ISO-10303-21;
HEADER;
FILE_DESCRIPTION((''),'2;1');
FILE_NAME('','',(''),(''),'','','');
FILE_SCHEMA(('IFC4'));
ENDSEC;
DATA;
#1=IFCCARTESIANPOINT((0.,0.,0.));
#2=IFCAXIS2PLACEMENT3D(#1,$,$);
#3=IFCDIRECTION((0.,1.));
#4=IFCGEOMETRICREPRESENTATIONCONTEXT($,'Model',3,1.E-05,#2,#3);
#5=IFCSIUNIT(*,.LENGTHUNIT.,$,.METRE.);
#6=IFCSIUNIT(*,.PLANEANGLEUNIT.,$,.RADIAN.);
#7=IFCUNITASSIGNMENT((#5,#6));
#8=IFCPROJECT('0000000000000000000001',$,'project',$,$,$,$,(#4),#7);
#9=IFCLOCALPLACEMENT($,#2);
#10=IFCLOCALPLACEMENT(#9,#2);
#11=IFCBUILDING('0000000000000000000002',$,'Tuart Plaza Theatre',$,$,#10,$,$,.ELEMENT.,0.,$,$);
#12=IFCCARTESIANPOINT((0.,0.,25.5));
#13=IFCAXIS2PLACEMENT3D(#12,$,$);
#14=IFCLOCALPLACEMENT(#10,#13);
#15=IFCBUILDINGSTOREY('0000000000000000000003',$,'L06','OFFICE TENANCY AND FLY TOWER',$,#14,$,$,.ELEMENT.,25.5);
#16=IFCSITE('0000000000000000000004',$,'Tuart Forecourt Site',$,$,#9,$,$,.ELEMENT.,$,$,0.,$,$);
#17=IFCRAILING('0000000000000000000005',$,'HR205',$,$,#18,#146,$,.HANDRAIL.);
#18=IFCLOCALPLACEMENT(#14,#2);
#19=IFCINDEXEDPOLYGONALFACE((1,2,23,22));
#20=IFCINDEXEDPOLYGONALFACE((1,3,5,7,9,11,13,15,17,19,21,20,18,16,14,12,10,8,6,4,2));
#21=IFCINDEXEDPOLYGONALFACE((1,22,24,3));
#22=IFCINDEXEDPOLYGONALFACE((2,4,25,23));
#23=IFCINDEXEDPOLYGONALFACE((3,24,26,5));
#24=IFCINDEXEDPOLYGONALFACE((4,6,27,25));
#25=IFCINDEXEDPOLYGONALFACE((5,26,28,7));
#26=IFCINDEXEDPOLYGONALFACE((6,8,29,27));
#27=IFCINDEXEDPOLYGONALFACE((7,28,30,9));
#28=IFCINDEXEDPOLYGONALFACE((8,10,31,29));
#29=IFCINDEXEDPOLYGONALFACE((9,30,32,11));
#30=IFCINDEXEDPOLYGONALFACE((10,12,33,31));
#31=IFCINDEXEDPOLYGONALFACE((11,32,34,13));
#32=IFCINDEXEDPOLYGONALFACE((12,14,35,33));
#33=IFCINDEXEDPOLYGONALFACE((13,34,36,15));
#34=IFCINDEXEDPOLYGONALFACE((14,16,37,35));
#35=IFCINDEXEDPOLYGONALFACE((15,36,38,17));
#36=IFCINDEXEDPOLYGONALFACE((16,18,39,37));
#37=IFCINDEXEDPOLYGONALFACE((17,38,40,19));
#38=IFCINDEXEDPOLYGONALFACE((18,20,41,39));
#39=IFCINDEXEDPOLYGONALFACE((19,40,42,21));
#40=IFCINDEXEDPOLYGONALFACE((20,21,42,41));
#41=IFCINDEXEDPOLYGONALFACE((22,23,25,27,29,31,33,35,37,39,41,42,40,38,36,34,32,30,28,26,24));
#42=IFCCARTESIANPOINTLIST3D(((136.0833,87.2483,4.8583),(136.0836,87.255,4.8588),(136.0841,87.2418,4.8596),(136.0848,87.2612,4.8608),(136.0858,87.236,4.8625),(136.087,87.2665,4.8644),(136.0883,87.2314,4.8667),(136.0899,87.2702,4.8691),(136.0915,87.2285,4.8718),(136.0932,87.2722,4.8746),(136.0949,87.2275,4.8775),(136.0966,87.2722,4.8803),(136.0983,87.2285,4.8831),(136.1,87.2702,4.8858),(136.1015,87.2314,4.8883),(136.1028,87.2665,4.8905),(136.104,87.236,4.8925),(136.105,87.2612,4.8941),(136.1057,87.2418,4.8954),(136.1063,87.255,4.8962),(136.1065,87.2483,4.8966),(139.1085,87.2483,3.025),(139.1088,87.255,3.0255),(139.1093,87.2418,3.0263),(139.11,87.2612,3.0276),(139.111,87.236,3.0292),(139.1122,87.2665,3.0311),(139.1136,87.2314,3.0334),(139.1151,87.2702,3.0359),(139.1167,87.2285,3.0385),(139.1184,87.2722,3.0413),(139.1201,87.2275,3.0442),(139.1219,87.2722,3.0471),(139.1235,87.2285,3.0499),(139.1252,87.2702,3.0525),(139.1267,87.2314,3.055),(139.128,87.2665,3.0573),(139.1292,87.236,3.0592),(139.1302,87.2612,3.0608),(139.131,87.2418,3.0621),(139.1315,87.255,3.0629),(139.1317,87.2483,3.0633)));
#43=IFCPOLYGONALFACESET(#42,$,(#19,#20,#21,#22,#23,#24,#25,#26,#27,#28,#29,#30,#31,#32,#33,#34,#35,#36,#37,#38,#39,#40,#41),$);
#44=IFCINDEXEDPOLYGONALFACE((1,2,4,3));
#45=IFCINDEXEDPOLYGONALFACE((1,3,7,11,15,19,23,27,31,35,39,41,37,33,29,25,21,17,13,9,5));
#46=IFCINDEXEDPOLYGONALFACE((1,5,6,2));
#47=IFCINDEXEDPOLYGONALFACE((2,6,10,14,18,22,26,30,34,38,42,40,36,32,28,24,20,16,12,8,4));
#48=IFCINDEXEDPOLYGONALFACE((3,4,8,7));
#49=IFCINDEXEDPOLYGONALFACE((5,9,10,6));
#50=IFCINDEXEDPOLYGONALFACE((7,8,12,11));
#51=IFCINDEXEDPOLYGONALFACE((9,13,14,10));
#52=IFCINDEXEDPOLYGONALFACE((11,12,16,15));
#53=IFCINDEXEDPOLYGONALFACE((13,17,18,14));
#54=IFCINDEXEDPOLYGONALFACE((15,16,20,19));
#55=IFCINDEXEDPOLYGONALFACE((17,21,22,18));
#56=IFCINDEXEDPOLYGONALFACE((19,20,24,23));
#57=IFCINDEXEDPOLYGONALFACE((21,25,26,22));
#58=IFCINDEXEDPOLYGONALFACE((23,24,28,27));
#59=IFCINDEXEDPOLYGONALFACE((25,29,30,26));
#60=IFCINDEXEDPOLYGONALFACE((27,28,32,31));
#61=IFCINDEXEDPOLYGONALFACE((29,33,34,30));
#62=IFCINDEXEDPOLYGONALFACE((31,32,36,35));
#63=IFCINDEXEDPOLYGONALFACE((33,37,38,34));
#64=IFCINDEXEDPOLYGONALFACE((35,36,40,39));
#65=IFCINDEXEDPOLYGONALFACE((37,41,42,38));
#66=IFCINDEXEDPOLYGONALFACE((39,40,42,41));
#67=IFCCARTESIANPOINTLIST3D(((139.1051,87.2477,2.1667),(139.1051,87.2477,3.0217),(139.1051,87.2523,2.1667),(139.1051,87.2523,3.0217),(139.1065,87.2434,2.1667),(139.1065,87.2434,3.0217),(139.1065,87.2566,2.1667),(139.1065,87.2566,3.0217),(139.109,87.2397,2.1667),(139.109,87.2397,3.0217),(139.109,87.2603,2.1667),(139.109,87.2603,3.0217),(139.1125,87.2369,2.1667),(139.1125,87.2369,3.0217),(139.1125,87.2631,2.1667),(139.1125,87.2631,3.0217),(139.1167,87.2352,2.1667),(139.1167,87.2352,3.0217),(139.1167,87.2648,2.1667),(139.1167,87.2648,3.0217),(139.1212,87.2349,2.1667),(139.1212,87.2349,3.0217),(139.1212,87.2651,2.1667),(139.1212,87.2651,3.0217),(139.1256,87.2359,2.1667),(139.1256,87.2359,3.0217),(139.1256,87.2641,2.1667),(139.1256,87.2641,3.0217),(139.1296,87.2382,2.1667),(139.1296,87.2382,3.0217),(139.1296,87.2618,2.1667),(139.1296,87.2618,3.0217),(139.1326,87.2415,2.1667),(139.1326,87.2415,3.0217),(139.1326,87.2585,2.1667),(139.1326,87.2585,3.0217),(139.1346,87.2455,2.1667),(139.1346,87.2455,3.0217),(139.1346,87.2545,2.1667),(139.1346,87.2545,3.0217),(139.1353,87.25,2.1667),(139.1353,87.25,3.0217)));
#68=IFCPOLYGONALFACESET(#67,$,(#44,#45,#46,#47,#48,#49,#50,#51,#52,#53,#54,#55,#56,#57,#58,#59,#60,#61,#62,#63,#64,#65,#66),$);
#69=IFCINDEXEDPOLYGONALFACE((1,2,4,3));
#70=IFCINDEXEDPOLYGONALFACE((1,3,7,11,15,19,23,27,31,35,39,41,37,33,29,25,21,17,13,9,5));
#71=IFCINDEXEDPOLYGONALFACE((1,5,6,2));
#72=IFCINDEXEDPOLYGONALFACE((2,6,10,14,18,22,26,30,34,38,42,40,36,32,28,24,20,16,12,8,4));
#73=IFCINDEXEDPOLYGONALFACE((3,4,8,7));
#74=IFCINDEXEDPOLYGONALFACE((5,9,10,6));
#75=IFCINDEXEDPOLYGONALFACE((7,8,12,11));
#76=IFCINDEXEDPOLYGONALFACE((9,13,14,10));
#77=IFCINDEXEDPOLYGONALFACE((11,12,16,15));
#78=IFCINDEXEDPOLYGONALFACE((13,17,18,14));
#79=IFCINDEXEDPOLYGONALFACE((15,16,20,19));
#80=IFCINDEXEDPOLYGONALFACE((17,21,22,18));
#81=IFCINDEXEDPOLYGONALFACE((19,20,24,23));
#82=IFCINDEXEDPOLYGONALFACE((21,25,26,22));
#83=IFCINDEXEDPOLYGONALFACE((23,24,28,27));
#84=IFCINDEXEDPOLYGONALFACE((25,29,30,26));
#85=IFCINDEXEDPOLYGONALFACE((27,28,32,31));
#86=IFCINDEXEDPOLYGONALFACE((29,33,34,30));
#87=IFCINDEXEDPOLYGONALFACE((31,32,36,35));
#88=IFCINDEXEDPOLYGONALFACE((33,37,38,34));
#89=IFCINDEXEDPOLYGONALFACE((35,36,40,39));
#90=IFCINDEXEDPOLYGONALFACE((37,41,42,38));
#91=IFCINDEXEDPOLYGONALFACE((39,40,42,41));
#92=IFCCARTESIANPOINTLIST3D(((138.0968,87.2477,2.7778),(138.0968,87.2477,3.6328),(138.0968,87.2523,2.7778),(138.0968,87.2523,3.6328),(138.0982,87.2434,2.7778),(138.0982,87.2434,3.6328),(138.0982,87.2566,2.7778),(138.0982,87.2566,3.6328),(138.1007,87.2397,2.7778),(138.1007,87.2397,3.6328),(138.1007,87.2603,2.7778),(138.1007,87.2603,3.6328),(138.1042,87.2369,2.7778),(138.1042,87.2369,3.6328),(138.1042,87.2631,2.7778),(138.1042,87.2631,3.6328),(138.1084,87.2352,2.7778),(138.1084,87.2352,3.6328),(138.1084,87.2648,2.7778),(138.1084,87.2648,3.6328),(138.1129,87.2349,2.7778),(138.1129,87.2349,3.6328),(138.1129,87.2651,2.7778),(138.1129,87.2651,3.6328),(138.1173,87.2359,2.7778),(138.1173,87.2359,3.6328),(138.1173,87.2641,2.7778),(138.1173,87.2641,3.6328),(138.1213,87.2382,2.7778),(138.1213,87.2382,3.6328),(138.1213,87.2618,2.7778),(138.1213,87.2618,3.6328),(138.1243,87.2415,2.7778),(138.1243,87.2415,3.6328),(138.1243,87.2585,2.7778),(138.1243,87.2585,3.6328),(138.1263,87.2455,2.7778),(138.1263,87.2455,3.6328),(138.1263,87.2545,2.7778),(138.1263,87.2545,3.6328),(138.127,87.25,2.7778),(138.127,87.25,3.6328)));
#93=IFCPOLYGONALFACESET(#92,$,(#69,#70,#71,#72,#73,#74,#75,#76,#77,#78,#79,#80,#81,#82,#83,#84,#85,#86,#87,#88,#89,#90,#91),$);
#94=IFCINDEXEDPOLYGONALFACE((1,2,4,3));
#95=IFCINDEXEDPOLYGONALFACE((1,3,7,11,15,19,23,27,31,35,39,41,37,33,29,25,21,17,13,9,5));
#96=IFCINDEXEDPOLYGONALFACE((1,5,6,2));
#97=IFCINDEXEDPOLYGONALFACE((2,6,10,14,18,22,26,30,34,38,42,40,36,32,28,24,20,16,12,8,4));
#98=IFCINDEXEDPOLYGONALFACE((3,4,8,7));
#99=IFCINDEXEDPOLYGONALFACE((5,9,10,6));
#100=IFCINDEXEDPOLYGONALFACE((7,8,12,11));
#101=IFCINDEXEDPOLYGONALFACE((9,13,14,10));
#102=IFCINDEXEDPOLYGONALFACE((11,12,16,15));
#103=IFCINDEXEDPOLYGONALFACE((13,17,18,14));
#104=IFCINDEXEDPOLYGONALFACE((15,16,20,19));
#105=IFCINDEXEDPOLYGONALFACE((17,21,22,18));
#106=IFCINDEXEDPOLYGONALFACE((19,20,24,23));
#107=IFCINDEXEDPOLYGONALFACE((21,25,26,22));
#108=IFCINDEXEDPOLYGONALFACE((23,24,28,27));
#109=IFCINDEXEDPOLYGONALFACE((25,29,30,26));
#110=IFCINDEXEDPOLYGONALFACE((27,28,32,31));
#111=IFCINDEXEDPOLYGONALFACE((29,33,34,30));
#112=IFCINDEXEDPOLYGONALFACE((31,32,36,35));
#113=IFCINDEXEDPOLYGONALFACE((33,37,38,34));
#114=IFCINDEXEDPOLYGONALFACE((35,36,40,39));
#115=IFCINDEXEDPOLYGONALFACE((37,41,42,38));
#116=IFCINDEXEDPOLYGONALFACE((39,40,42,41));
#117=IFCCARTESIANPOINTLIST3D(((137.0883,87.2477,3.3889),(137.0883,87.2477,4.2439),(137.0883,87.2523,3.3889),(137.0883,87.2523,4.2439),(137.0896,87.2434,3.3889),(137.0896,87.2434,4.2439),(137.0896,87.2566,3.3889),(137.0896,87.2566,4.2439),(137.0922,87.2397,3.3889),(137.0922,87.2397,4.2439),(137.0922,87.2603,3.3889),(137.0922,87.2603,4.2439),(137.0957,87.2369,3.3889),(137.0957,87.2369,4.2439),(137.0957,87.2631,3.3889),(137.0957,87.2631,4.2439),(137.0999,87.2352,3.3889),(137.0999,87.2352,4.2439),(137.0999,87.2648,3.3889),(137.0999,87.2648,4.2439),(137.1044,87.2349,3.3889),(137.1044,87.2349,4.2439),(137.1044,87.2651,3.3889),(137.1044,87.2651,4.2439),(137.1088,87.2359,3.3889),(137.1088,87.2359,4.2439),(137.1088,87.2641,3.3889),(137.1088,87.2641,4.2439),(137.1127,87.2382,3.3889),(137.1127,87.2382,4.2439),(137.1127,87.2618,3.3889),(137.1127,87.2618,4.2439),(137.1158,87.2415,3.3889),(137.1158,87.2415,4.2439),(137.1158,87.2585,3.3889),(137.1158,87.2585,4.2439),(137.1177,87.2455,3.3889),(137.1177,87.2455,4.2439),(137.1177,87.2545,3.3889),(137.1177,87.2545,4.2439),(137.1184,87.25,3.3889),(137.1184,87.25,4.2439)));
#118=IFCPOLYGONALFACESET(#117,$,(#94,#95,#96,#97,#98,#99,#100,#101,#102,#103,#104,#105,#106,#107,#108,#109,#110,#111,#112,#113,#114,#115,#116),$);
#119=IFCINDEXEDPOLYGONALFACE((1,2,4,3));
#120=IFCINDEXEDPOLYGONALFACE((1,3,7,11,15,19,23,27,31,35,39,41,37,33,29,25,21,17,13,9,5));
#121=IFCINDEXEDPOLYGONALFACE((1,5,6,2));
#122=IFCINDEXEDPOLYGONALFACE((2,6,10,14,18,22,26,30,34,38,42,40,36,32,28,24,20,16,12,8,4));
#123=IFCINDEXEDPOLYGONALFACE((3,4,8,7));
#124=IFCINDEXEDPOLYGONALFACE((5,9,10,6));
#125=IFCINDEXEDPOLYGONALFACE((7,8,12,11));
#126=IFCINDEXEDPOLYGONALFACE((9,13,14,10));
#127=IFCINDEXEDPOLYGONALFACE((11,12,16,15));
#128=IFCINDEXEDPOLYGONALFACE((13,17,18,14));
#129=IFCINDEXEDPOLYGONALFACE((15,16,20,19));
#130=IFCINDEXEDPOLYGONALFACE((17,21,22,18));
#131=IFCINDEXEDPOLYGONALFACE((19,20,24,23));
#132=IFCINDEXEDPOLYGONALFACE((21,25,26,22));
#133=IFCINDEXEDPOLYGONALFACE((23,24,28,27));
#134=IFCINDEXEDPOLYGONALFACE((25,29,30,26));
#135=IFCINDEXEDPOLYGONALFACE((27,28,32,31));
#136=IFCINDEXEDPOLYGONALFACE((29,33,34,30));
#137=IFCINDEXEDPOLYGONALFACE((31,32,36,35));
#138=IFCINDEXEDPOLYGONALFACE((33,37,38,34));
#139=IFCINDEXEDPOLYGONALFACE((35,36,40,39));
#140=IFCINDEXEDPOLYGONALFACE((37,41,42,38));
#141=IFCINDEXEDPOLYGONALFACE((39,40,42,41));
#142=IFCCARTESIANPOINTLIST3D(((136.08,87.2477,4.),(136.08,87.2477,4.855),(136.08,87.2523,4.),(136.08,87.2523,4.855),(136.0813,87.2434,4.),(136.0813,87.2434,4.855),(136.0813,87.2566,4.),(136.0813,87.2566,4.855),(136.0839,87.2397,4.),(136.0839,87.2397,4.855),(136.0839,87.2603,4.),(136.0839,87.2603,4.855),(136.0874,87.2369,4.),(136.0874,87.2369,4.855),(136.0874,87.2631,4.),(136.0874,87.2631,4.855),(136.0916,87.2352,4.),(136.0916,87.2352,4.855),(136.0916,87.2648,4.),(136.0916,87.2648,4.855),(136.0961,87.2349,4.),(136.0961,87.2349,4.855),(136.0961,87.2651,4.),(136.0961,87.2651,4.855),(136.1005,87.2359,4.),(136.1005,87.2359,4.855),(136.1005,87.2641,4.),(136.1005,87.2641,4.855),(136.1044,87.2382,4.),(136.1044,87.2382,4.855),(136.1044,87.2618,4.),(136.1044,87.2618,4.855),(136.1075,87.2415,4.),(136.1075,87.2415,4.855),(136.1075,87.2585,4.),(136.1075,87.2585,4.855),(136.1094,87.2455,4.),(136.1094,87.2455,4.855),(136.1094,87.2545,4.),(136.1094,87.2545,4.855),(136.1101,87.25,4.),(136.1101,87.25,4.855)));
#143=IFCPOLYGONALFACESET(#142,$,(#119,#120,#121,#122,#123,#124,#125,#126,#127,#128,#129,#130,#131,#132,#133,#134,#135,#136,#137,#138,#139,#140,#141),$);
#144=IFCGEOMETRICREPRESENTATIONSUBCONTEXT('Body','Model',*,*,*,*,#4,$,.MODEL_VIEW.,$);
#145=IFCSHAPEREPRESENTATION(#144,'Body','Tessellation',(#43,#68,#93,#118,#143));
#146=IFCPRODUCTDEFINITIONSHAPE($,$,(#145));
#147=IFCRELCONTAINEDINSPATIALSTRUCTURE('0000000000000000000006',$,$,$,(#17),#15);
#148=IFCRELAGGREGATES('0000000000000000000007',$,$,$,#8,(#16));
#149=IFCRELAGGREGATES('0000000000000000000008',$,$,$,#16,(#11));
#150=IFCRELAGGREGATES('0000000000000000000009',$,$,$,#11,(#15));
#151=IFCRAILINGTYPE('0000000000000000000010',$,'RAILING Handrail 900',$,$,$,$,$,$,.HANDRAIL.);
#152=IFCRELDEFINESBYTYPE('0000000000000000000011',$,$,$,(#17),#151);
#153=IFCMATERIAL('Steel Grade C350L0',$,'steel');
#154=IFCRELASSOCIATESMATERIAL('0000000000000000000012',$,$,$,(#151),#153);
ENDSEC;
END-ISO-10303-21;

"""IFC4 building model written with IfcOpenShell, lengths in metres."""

from ifc_helpers import new_model, si_unit, direction, frame, origin, origin_2d, place, context, subcontext, project, spatial, circle, extrude, material, type_object, element, save


model = new_model("IFC4")

# Units and contexts
model_context = context("Model", 3, precision=1e-05, world=origin(), true_north=direction((0.0, 1.0)))
body_context = subcontext(model_context, "Body", "Model", "MODEL_VIEW")
ifc_project = project(units=[si_unit("LENGTHUNIT", "METRE"), si_unit("PLANEANGLEUNIT", "RADIAN")], contexts=[model_context])

# Site, building, storey
site_placement = place(None, origin())
site = spatial("IfcSite", under=ifc_project, at=site_placement, Name="Tuart Forecourt Site", CompositionType="ELEMENT", RefElevation=0.0)
building_placement = place(site_placement, origin())
building = spatial("IfcBuilding", under=site, at=building_placement, Name="Tuart Plaza Theatre", CompositionType="ELEMENT", ElevationOfRefHeight=0.0)
storey_placement = place(building_placement, frame((0.0, 0.0, 25.5)))
storey = spatial("IfcBuildingStorey", under=building, at=storey_placement, Name="L06", Description="OFFICE TENANCY AND FLY TOWER", CompositionType="ELEMENT", Elevation=25.5)

# Railing
ifc_material_1 = material(Name="Steel Grade C350L0", Category="steel")
railing_type_1 = type_object("IfcRailingType", Name="RAILING Handrail 900", PredefinedType="HANDRAIL", material=ifc_material_1)
for number, where, name in (
    (1, (139.1201, 87.25, 2.1667), "HR205"),
):
    element("IfcRailing", number, at=place(storey_placement, frame(where)), inside=storey, type_object=railing_type_1, Name=name, PredefinedType="HANDRAIL", context=body_context, shape_type="SweptSolid", body=[
        extrude(circle(Radius=0.0225, at=origin_2d()), frame((0.0, 0.0, 0.8774), z_axis=(-0.855219, 0.0, 0.518267), x_axis=(0.0, -1.0, 0.0)), (0.0, 0.0, 1.0), 3.5374),
        extrude(circle(Radius=0.0151, at=origin_2d()), origin(), (0.0, 0.0, 1.0), 0.855),
        extrude(circle(Radius=0.0151, at=origin_2d()), frame((-1.0083, 0.0, 0.6111)), (0.0, 0.0, 1.0), 0.855),
        extrude(circle(Radius=0.0151, at=origin_2d()), frame((-2.0168, 0.0, 1.2222)), (0.0, 0.0, 1.0), 0.855),
        extrude(circle(Radius=0.0151, at=origin_2d()), frame((-3.0251, 0.0, 1.8333)), (0.0, 0.0, 1.0), 0.855),
    ])

save(model, "model.ifc")
